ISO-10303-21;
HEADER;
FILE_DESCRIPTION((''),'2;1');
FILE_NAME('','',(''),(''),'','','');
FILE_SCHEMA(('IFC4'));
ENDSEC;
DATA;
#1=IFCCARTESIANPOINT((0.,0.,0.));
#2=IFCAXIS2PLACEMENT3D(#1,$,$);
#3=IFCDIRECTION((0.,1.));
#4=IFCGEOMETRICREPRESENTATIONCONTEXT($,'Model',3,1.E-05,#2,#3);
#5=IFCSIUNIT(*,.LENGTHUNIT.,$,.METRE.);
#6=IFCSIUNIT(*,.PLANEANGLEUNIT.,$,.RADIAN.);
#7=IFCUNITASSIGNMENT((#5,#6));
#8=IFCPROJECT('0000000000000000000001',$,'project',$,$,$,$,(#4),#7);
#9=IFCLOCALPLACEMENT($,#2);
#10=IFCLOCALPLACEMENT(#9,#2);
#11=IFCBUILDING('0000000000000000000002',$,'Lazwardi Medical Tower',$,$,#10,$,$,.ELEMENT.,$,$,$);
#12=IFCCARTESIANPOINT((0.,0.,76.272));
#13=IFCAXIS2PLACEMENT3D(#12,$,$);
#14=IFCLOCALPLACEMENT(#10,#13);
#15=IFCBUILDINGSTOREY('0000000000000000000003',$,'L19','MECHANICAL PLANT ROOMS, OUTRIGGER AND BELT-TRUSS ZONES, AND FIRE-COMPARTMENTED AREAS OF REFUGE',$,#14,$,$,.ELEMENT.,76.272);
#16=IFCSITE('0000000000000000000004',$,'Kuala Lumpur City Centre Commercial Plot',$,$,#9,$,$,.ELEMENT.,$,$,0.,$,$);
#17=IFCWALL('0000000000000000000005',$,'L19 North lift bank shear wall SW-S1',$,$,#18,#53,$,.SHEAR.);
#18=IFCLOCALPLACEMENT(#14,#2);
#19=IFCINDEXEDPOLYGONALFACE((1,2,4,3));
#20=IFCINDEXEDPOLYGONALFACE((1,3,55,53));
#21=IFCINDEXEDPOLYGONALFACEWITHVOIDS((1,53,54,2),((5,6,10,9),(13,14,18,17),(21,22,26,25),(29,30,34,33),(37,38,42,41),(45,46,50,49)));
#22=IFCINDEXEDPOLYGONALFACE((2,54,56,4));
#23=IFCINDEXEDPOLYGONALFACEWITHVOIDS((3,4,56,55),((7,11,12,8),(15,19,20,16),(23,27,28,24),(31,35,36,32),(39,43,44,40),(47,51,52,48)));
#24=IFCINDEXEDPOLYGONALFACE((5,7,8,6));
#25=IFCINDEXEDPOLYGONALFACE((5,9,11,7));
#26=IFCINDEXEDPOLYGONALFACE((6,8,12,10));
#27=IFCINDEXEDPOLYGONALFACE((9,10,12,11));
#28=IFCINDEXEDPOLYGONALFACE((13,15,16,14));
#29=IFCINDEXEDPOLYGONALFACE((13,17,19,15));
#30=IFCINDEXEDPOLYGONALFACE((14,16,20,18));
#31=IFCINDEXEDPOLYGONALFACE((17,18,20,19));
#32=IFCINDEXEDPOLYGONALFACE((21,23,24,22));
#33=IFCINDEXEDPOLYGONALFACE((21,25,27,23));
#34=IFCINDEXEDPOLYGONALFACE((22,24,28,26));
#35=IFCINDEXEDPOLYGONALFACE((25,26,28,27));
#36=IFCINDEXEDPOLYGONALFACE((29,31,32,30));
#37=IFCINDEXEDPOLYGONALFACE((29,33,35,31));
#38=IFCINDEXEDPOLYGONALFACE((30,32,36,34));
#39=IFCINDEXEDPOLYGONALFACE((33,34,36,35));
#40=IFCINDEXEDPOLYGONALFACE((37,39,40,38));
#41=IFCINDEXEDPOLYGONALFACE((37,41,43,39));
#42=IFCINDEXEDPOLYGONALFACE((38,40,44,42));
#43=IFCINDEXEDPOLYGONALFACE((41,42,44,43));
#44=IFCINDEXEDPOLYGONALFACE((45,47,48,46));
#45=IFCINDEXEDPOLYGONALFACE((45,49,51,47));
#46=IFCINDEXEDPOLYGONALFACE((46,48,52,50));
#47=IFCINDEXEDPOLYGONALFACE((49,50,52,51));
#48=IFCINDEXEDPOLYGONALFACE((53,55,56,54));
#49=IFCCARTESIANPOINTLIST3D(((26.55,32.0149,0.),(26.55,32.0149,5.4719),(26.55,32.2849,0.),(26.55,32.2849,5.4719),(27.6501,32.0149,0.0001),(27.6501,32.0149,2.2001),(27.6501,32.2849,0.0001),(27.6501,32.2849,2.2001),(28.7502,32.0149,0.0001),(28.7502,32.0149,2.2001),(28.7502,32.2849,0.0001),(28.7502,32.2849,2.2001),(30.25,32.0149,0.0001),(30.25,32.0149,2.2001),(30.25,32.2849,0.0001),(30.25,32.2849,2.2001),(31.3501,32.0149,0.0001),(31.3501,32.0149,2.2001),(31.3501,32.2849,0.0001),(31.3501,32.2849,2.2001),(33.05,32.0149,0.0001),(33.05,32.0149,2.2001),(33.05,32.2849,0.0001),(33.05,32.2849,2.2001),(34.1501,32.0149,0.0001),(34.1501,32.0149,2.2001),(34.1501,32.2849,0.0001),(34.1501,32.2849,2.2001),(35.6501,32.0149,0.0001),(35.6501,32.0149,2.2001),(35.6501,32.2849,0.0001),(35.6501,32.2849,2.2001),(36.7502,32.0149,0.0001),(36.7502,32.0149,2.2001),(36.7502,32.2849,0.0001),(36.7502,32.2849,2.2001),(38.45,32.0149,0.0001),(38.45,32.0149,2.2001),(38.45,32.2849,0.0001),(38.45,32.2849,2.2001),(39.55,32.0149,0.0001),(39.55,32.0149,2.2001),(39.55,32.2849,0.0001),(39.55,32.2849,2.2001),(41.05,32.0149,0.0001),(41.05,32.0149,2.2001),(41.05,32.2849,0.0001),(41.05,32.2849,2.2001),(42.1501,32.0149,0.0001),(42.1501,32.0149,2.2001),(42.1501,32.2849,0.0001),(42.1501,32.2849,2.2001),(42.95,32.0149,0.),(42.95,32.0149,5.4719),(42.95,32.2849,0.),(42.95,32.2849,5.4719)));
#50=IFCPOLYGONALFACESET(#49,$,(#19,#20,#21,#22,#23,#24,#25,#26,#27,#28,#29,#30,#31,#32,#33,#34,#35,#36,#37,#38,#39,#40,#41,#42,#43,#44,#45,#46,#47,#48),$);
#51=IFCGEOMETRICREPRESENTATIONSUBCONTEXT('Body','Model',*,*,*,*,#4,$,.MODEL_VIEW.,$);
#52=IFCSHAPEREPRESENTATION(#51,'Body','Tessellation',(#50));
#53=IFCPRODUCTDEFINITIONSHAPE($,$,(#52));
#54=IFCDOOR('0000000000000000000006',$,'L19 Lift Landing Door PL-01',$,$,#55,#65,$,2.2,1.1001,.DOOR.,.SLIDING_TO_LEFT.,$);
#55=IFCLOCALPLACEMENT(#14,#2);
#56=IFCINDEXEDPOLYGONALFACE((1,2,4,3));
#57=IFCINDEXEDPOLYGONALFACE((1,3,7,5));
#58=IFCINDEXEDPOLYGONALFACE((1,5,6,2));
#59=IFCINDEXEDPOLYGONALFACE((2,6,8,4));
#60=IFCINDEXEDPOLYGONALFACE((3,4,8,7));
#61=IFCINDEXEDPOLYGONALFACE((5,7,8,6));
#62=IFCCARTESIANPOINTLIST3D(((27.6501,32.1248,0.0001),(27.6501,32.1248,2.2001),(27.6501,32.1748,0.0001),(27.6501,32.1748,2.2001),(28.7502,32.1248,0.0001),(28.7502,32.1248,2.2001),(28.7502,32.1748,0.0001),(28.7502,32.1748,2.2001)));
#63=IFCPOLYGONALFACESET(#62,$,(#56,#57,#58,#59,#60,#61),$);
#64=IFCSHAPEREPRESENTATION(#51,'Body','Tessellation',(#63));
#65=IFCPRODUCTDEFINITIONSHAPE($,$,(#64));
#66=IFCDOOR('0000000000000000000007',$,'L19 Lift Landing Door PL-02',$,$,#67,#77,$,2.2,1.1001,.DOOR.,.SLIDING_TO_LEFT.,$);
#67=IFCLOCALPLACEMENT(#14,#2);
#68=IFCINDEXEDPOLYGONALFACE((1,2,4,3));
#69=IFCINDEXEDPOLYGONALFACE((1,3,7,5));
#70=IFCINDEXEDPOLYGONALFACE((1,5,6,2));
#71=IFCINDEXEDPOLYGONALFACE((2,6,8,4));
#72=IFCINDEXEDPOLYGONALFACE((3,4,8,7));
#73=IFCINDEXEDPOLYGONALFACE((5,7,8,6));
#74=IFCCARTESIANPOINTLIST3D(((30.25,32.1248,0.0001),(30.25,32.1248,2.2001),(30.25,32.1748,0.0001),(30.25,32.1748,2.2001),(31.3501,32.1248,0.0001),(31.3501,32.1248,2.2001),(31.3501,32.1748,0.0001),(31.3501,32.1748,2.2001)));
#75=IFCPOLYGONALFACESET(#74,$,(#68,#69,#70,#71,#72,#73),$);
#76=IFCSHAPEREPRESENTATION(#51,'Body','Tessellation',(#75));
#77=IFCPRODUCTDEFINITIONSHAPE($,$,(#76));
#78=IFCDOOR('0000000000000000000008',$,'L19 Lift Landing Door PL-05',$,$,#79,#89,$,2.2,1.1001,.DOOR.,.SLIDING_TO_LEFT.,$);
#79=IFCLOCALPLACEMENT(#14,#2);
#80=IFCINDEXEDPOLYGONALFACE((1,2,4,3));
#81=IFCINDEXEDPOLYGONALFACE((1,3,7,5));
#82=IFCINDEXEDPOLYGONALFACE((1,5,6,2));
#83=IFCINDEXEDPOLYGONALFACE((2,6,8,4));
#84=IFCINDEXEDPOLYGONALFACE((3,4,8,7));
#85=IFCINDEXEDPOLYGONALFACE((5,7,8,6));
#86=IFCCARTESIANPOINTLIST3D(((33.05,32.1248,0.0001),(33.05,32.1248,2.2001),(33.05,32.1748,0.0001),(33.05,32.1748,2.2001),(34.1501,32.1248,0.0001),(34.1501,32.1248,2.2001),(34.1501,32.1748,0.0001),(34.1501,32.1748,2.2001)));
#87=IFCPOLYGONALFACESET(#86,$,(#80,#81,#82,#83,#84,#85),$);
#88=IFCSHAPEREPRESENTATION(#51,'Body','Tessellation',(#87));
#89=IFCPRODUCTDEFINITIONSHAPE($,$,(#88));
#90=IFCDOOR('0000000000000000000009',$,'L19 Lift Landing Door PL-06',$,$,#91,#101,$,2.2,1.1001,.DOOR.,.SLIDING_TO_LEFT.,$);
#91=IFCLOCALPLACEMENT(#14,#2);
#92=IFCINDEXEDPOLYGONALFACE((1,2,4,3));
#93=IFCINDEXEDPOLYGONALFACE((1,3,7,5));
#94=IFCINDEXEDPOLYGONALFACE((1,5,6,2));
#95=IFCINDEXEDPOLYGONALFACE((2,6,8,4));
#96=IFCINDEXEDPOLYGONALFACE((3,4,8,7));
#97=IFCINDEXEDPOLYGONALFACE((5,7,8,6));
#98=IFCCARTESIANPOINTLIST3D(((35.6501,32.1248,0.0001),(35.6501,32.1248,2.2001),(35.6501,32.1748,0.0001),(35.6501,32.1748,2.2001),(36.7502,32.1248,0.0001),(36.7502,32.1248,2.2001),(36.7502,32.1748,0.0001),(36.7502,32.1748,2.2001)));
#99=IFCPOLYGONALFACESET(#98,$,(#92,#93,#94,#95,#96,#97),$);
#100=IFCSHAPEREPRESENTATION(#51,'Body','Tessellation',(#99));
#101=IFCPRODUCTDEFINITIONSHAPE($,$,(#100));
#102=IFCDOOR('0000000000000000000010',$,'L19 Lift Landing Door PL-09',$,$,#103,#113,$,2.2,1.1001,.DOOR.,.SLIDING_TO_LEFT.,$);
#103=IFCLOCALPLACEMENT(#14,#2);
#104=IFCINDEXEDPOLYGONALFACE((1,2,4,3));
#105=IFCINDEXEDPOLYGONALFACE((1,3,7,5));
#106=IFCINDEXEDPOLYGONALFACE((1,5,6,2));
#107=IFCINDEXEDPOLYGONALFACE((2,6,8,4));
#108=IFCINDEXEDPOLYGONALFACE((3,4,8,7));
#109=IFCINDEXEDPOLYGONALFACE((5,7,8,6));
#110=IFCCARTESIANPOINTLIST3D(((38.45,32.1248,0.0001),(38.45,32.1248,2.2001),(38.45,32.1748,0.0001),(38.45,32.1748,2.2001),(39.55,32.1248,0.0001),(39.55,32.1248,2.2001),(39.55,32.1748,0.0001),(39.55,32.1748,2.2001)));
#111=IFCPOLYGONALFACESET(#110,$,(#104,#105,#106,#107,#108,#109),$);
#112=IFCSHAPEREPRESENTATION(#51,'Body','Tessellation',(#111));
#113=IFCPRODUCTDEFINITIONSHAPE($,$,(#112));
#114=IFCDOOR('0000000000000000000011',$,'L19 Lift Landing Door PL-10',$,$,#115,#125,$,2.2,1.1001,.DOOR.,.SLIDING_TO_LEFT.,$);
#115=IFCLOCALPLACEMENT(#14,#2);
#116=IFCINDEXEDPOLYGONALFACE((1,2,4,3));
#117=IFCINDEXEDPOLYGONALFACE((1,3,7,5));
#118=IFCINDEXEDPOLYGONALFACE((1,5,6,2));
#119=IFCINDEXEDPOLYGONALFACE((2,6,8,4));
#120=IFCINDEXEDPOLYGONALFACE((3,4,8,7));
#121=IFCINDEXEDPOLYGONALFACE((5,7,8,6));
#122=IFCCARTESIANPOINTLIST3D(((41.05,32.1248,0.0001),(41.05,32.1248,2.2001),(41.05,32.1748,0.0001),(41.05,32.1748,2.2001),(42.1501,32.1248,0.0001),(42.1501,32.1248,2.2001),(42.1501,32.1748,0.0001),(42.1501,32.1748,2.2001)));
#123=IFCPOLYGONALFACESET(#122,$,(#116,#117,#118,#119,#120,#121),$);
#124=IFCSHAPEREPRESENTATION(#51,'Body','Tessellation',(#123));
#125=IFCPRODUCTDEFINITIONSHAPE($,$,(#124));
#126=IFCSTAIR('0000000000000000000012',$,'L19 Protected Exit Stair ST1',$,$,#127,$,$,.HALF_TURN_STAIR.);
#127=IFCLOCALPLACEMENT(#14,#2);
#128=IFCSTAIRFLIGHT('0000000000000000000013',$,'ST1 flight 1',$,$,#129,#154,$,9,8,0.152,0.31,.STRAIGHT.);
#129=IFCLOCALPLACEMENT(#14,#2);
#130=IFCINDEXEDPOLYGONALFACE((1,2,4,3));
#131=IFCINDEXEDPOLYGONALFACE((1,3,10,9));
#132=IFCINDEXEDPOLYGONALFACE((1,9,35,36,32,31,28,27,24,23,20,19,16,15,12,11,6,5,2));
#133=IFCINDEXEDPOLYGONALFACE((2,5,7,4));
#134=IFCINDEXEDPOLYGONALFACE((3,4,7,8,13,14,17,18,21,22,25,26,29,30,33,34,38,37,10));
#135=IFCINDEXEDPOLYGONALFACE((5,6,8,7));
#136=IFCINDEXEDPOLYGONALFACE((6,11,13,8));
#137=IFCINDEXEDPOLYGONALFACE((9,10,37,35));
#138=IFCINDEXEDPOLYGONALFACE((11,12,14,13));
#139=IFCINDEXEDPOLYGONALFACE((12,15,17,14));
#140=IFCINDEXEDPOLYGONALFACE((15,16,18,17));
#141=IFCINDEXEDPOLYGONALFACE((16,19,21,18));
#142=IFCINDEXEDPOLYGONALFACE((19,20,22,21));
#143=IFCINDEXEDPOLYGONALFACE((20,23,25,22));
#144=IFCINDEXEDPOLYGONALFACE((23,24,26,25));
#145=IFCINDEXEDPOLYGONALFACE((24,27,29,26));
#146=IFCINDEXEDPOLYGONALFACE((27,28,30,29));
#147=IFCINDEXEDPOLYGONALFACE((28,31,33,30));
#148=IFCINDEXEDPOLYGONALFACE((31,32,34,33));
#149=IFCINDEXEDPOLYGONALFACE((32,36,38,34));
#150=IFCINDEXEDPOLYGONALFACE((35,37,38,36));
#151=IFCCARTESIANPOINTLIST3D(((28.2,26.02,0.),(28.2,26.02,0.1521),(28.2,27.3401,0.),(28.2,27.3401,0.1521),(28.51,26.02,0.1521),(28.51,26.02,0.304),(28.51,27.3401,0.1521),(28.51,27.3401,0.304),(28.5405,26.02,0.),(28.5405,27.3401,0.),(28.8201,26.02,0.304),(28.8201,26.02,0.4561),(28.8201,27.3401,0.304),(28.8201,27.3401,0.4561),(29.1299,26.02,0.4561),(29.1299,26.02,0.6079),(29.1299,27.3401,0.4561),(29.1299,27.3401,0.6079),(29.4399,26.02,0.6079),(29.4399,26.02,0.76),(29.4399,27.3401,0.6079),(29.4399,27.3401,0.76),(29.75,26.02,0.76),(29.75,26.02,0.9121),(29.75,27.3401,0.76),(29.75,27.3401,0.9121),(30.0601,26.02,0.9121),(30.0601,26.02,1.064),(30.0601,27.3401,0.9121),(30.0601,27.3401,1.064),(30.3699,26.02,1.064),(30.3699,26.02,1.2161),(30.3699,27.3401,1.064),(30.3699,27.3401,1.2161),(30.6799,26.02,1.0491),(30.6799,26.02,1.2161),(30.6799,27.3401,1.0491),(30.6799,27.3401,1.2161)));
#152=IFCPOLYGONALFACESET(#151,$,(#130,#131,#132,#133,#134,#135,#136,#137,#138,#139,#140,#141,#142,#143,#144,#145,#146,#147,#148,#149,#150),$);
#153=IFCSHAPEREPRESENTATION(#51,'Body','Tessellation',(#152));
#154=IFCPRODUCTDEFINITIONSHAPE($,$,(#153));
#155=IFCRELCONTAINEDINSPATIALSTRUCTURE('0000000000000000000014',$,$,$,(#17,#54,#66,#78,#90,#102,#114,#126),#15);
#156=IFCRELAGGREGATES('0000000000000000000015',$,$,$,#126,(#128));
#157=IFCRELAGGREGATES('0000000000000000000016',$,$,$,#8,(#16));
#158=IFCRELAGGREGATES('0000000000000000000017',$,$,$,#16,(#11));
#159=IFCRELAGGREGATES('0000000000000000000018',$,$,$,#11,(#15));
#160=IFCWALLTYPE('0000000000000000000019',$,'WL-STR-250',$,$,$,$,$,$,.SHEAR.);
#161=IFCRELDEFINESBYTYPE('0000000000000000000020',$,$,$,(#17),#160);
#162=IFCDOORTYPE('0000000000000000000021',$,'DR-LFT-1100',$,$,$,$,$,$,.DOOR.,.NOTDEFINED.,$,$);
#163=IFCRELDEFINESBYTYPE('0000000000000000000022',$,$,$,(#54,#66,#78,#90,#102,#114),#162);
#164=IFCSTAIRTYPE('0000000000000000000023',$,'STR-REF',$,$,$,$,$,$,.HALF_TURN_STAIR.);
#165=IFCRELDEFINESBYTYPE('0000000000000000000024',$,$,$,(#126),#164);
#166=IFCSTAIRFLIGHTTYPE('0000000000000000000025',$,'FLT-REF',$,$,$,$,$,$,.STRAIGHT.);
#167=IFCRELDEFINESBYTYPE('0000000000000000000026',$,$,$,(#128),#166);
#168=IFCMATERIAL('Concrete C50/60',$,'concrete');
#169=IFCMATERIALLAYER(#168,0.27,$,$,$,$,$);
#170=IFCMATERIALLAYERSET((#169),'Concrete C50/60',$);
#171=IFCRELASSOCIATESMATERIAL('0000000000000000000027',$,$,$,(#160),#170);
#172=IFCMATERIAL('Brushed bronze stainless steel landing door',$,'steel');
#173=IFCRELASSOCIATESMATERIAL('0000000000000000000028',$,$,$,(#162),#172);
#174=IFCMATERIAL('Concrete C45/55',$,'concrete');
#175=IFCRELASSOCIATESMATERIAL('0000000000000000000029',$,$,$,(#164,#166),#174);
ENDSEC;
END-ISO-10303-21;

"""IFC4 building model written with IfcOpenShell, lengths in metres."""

from ifc_helpers import new_model, si_unit, direction, frame, frame_2d, origin, place, context, subcontext, project, spatial, polyline, rectangle, outline, extrude, material, layer, layer_set, type_object, element, fill, aggregate, save


model = new_model("IFC4")

# Units and contexts
model_context = context("Model", 3, precision=1e-05, world=origin(), true_north=direction((0.0, 1.0)))
body_context = subcontext(model_context, "Body", "Model", "MODEL_VIEW")
ifc_project = project(units=[si_unit("LENGTHUNIT", "METRE"), si_unit("PLANEANGLEUNIT", "RADIAN")], contexts=[model_context])

# Site, building, storey
site_placement = place(None, origin())
site = spatial("IfcSite", under=ifc_project, at=site_placement, Name="Kuala Lumpur City Centre Commercial Plot", CompositionType="ELEMENT", RefElevation=0.0)
building_placement = place(site_placement, origin())
building = spatial("IfcBuilding", under=site, at=building_placement, Name="Lazwardi Medical Tower", CompositionType="ELEMENT")
storey_placement = place(building_placement, frame((0.0, 0.0, 76.272)))
storey = spatial("IfcBuildingStorey", under=building, at=storey_placement, Name="L19", Description="MECHANICAL PLANT ROOMS, OUTRIGGER AND BELT-TRUSS ZONES, AND FIRE-COMPARTMENTED AREAS OF REFUGE", CompositionType="ELEMENT", Elevation=76.272)

# Shared definitions
ifc_material_1 = material(Name="Concrete C50/60", Category="concrete")
ifc_layer_1 = layer(ifc_material_1, 0.27)
ifc_layer_set_1 = layer_set([ifc_layer_1], Name="Concrete C50/60")
wall_type_1 = type_object("IfcWallType", Name="WL-STR-250", PredefinedType="SHEAR", material=ifc_layer_set_1)

# Wall, openings, doors
wall_1_placement = place(storey_placement, frame((26.55, 32.1499, 0.0), z_axis=(0.0, 0.0, 1.0), x_axis=(1.0, 0.0, 0.0)))
wall_1 = element("IfcWall", 1, at=wall_1_placement, inside=storey, type_object=wall_type_1, Name="L19 North lift bank shear wall SW-S1", PredefinedType="SHEAR", context=body_context, shape_type="SweptSolid", body=[
    extrude(rectangle(XDim=16.3999, YDim=0.27, at=frame_2d((8.2, 0.0))), origin(), (0.0, 0.0, 1.0), 5.4719),
])
opening_1_placement = place(wall_1_placement, frame((1.1001, 0.0, 0.0)))
opening_1 = element("IfcOpeningElement", 2, at=opening_1_placement, cuts=wall_1, PredefinedType="OPENING", context=body_context, shape_type="SweptSolid", body=[
    extrude(rectangle(XDim=1.1001, YDim=2.2, at=frame_2d((0.55, 1.1001))), frame((0.0, 0.145, 0.0), z_axis=(0.0, -1.0, 0.0), x_axis=(1.0, 0.0, 0.0)), (0.0, 0.0, 1.0), 0.29),
])
opening_2_placement = place(wall_1_placement, frame((3.7, 0.0, 0.0)))
opening_2 = element("IfcOpeningElement", 3, at=opening_2_placement, cuts=wall_1, PredefinedType="OPENING", context=body_context, shape_type="SweptSolid", body=[
    extrude(rectangle(XDim=1.1001, YDim=2.2, at=frame_2d((0.55, 1.1001))), frame((0.0, 0.145, 0.0), z_axis=(0.0, -1.0, 0.0), x_axis=(1.0, 0.0, 0.0)), (0.0, 0.0, 1.0), 0.29),
])
opening_3_placement = place(wall_1_placement, frame((6.5, 0.0, 0.0)))
opening_3 = element("IfcOpeningElement", 4, at=opening_3_placement, cuts=wall_1, PredefinedType="OPENING", context=body_context, shape_type="SweptSolid", body=[
    extrude(rectangle(XDim=1.1001, YDim=2.2, at=frame_2d((0.55, 1.1001))), frame((0.0, 0.145, 0.0), z_axis=(0.0, -1.0, 0.0), x_axis=(1.0, 0.0, 0.0)), (0.0, 0.0, 1.0), 0.29),
])
opening_4_placement = place(wall_1_placement, frame((9.1001, 0.0, 0.0)))
opening_4 = element("IfcOpeningElement", 5, at=opening_4_placement, cuts=wall_1, PredefinedType="OPENING", context=body_context, shape_type="SweptSolid", body=[
    extrude(rectangle(XDim=1.1001, YDim=2.2, at=frame_2d((0.55, 1.1001))), frame((0.0, 0.145, 0.0), z_axis=(0.0, -1.0, 0.0), x_axis=(1.0, 0.0, 0.0)), (0.0, 0.0, 1.0), 0.29),
])
opening_5_placement = place(wall_1_placement, frame((11.8999, 0.0, 0.0)))
opening_5 = element("IfcOpeningElement", 6, at=opening_5_placement, cuts=wall_1, PredefinedType="OPENING", context=body_context, shape_type="SweptSolid", body=[
    extrude(rectangle(XDim=1.1001, YDim=2.2, at=frame_2d((0.55, 1.1001))), frame((0.0, 0.145, 0.0), z_axis=(0.0, -1.0, 0.0), x_axis=(1.0, 0.0, 0.0)), (0.0, 0.0, 1.0), 0.29),
])
opening_6_placement = place(wall_1_placement, frame((14.5, 0.0, 0.0)))
opening_6 = element("IfcOpeningElement", 7, at=opening_6_placement, cuts=wall_1, PredefinedType="OPENING", context=body_context, shape_type="SweptSolid", body=[
    extrude(rectangle(XDim=1.1001, YDim=2.2, at=frame_2d((0.55, 1.1001))), frame((0.0, 0.145, 0.0), z_axis=(0.0, -1.0, 0.0), x_axis=(1.0, 0.0, 0.0)), (0.0, 0.0, 1.0), 0.29),
])
ifc_material_2 = material(Name="Brushed bronze stainless steel landing door", Category="steel")
door_type = type_object("IfcDoorType", Name="DR-LFT-1100", OperationType="NOTDEFINED", PredefinedType="DOOR", material=ifc_material_2)
door_1_placement = place(opening_1_placement, origin())
door_1 = element("IfcDoor", 8, at=door_1_placement, inside=storey, type_object=door_type, Name="L19 Lift Landing Door PL-01", OperationType="SLIDING_TO_LEFT", OverallHeight=2.2, OverallWidth=1.1001, PredefinedType="DOOR", context=body_context, shape_type="SweptSolid", body=[
    extrude(rectangle(XDim=1.1001, YDim=2.2, at=frame_2d((0.55, 1.1001))), frame((0.0, 0.0249, 0.0), z_axis=(0.0, -1.0, 0.0), x_axis=(1.0, 0.0, 0.0)), (0.0, 0.0, 1.0), 0.05),
])
fill(opening_1, door_1)
door_2_placement = place(opening_2_placement, origin())
door_2 = element("IfcDoor", 9, at=door_2_placement, inside=storey, type_object=door_type, Name="L19 Lift Landing Door PL-02", OperationType="SLIDING_TO_LEFT", OverallHeight=2.2, OverallWidth=1.1001, PredefinedType="DOOR", context=body_context, shape_type="SweptSolid", body=[
    extrude(rectangle(XDim=1.1001, YDim=2.2, at=frame_2d((0.55, 1.1001))), frame((0.0, 0.0249, 0.0), z_axis=(0.0, -1.0, 0.0), x_axis=(1.0, 0.0, 0.0)), (0.0, 0.0, 1.0), 0.05),
])
fill(opening_2, door_2)
door_3_placement = place(opening_3_placement, origin())
door_3 = element("IfcDoor", 10, at=door_3_placement, inside=storey, type_object=door_type, Name="L19 Lift Landing Door PL-05", OperationType="SLIDING_TO_LEFT", OverallHeight=2.2, OverallWidth=1.1001, PredefinedType="DOOR", context=body_context, shape_type="SweptSolid", body=[
    extrude(rectangle(XDim=1.1001, YDim=2.2, at=frame_2d((0.55, 1.1001))), frame((0.0, 0.0249, 0.0), z_axis=(0.0, -1.0, 0.0), x_axis=(1.0, 0.0, 0.0)), (0.0, 0.0, 1.0), 0.05),
])
fill(opening_3, door_3)
door_4_placement = place(opening_4_placement, origin())
door_4 = element("IfcDoor", 11, at=door_4_placement, inside=storey, type_object=door_type, Name="L19 Lift Landing Door PL-06", OperationType="SLIDING_TO_LEFT", OverallHeight=2.2, OverallWidth=1.1001, PredefinedType="DOOR", context=body_context, shape_type="SweptSolid", body=[
    extrude(rectangle(XDim=1.1001, YDim=2.2, at=frame_2d((0.55, 1.1001))), frame((0.0, 0.0249, 0.0), z_axis=(0.0, -1.0, 0.0), x_axis=(1.0, 0.0, 0.0)), (0.0, 0.0, 1.0), 0.05),
])
fill(opening_4, door_4)
door_5_placement = place(opening_5_placement, origin())
door_5 = element("IfcDoor", 12, at=door_5_placement, inside=storey, type_object=door_type, Name="L19 Lift Landing Door PL-09", OperationType="SLIDING_TO_LEFT", OverallHeight=2.2, OverallWidth=1.1001, PredefinedType="DOOR", context=body_context, shape_type="SweptSolid", body=[
    extrude(rectangle(XDim=1.1001, YDim=2.2, at=frame_2d((0.55, 1.1001))), frame((0.0, 0.0249, 0.0), z_axis=(0.0, -1.0, 0.0), x_axis=(1.0, 0.0, 0.0)), (0.0, 0.0, 1.0), 0.05),
])
fill(opening_5, door_5)
door_6_placement = place(opening_6_placement, origin())
door_6 = element("IfcDoor", 13, at=door_6_placement, inside=storey, type_object=door_type, Name="L19 Lift Landing Door PL-10", OperationType="SLIDING_TO_LEFT", OverallHeight=2.2, OverallWidth=1.1001, PredefinedType="DOOR", context=body_context, shape_type="SweptSolid", body=[
    extrude(rectangle(XDim=1.1001, YDim=2.2, at=frame_2d((0.55, 1.1001))), frame((0.0, 0.0249, 0.0), z_axis=(0.0, -1.0, 0.0), x_axis=(1.0, 0.0, 0.0)), (0.0, 0.0, 1.0), 0.05),
])
fill(opening_6, door_6)

# Stair, stair flight
ifc_material_3 = material(Name="Concrete C45/55", Category="concrete")
stair_type = type_object("IfcStairType", Name="STR-REF", PredefinedType="HALF_TURN_STAIR", material=ifc_material_3)
stair_placement = place(storey_placement, origin())
stair = element("IfcStair", 14, at=stair_placement, inside=storey, type_object=stair_type, Name="L19 Protected Exit Stair ST1", PredefinedType="HALF_TURN_STAIR")
stair_flight_type = type_object("IfcStairFlightType", Name="FLT-REF", PredefinedType="STRAIGHT", material=ifc_material_3)
stair_flight_1_placement = place(storey_placement, frame((28.2, 26.6799, 0.0), z_axis=(0.0, 0.0, 1.0), x_axis=(1.0, 0.0, 0.0)))
stair_flight_1 = element("IfcStairFlight", 15, at=stair_flight_1_placement, type_object=stair_flight_type, Name="ST1 flight 1", NumberOfRisers=9, NumberOfTreads=8, PredefinedType="STRAIGHT", RiserHeight=0.152, TreadLength=0.31, context=body_context, shape_type="SweptSolid", body=[
    extrude(outline(polyline([(0.0, 0.0), (0.0, 0.1521), (0.3101, 0.1521), (0.3101, 0.304), (0.6201, 0.304), (0.6201, 0.4561), (0.9299, 0.4561), (0.9299, 0.6079), (1.24, 0.6079), (1.24, 0.76), (1.55, 0.76), (1.55, 0.9121), (1.8601, 0.9121), (1.8601, 1.064), (2.1699, 1.064), (2.1699, 1.2161), (2.48, 1.2161), (2.48, 1.3679), (2.48, 1.0491), (0.3406, 0.0), (0.0, 0.0)])), frame((0.0, 0.6602, 0.0), z_axis=(0.0, -1.0, 0.0), x_axis=(1.0, 0.0, 0.0)), (0.0, 0.0, 1.0), 1.3201),
])
aggregate(stair, [stair_flight_1])

save(model, "model.ifc")
